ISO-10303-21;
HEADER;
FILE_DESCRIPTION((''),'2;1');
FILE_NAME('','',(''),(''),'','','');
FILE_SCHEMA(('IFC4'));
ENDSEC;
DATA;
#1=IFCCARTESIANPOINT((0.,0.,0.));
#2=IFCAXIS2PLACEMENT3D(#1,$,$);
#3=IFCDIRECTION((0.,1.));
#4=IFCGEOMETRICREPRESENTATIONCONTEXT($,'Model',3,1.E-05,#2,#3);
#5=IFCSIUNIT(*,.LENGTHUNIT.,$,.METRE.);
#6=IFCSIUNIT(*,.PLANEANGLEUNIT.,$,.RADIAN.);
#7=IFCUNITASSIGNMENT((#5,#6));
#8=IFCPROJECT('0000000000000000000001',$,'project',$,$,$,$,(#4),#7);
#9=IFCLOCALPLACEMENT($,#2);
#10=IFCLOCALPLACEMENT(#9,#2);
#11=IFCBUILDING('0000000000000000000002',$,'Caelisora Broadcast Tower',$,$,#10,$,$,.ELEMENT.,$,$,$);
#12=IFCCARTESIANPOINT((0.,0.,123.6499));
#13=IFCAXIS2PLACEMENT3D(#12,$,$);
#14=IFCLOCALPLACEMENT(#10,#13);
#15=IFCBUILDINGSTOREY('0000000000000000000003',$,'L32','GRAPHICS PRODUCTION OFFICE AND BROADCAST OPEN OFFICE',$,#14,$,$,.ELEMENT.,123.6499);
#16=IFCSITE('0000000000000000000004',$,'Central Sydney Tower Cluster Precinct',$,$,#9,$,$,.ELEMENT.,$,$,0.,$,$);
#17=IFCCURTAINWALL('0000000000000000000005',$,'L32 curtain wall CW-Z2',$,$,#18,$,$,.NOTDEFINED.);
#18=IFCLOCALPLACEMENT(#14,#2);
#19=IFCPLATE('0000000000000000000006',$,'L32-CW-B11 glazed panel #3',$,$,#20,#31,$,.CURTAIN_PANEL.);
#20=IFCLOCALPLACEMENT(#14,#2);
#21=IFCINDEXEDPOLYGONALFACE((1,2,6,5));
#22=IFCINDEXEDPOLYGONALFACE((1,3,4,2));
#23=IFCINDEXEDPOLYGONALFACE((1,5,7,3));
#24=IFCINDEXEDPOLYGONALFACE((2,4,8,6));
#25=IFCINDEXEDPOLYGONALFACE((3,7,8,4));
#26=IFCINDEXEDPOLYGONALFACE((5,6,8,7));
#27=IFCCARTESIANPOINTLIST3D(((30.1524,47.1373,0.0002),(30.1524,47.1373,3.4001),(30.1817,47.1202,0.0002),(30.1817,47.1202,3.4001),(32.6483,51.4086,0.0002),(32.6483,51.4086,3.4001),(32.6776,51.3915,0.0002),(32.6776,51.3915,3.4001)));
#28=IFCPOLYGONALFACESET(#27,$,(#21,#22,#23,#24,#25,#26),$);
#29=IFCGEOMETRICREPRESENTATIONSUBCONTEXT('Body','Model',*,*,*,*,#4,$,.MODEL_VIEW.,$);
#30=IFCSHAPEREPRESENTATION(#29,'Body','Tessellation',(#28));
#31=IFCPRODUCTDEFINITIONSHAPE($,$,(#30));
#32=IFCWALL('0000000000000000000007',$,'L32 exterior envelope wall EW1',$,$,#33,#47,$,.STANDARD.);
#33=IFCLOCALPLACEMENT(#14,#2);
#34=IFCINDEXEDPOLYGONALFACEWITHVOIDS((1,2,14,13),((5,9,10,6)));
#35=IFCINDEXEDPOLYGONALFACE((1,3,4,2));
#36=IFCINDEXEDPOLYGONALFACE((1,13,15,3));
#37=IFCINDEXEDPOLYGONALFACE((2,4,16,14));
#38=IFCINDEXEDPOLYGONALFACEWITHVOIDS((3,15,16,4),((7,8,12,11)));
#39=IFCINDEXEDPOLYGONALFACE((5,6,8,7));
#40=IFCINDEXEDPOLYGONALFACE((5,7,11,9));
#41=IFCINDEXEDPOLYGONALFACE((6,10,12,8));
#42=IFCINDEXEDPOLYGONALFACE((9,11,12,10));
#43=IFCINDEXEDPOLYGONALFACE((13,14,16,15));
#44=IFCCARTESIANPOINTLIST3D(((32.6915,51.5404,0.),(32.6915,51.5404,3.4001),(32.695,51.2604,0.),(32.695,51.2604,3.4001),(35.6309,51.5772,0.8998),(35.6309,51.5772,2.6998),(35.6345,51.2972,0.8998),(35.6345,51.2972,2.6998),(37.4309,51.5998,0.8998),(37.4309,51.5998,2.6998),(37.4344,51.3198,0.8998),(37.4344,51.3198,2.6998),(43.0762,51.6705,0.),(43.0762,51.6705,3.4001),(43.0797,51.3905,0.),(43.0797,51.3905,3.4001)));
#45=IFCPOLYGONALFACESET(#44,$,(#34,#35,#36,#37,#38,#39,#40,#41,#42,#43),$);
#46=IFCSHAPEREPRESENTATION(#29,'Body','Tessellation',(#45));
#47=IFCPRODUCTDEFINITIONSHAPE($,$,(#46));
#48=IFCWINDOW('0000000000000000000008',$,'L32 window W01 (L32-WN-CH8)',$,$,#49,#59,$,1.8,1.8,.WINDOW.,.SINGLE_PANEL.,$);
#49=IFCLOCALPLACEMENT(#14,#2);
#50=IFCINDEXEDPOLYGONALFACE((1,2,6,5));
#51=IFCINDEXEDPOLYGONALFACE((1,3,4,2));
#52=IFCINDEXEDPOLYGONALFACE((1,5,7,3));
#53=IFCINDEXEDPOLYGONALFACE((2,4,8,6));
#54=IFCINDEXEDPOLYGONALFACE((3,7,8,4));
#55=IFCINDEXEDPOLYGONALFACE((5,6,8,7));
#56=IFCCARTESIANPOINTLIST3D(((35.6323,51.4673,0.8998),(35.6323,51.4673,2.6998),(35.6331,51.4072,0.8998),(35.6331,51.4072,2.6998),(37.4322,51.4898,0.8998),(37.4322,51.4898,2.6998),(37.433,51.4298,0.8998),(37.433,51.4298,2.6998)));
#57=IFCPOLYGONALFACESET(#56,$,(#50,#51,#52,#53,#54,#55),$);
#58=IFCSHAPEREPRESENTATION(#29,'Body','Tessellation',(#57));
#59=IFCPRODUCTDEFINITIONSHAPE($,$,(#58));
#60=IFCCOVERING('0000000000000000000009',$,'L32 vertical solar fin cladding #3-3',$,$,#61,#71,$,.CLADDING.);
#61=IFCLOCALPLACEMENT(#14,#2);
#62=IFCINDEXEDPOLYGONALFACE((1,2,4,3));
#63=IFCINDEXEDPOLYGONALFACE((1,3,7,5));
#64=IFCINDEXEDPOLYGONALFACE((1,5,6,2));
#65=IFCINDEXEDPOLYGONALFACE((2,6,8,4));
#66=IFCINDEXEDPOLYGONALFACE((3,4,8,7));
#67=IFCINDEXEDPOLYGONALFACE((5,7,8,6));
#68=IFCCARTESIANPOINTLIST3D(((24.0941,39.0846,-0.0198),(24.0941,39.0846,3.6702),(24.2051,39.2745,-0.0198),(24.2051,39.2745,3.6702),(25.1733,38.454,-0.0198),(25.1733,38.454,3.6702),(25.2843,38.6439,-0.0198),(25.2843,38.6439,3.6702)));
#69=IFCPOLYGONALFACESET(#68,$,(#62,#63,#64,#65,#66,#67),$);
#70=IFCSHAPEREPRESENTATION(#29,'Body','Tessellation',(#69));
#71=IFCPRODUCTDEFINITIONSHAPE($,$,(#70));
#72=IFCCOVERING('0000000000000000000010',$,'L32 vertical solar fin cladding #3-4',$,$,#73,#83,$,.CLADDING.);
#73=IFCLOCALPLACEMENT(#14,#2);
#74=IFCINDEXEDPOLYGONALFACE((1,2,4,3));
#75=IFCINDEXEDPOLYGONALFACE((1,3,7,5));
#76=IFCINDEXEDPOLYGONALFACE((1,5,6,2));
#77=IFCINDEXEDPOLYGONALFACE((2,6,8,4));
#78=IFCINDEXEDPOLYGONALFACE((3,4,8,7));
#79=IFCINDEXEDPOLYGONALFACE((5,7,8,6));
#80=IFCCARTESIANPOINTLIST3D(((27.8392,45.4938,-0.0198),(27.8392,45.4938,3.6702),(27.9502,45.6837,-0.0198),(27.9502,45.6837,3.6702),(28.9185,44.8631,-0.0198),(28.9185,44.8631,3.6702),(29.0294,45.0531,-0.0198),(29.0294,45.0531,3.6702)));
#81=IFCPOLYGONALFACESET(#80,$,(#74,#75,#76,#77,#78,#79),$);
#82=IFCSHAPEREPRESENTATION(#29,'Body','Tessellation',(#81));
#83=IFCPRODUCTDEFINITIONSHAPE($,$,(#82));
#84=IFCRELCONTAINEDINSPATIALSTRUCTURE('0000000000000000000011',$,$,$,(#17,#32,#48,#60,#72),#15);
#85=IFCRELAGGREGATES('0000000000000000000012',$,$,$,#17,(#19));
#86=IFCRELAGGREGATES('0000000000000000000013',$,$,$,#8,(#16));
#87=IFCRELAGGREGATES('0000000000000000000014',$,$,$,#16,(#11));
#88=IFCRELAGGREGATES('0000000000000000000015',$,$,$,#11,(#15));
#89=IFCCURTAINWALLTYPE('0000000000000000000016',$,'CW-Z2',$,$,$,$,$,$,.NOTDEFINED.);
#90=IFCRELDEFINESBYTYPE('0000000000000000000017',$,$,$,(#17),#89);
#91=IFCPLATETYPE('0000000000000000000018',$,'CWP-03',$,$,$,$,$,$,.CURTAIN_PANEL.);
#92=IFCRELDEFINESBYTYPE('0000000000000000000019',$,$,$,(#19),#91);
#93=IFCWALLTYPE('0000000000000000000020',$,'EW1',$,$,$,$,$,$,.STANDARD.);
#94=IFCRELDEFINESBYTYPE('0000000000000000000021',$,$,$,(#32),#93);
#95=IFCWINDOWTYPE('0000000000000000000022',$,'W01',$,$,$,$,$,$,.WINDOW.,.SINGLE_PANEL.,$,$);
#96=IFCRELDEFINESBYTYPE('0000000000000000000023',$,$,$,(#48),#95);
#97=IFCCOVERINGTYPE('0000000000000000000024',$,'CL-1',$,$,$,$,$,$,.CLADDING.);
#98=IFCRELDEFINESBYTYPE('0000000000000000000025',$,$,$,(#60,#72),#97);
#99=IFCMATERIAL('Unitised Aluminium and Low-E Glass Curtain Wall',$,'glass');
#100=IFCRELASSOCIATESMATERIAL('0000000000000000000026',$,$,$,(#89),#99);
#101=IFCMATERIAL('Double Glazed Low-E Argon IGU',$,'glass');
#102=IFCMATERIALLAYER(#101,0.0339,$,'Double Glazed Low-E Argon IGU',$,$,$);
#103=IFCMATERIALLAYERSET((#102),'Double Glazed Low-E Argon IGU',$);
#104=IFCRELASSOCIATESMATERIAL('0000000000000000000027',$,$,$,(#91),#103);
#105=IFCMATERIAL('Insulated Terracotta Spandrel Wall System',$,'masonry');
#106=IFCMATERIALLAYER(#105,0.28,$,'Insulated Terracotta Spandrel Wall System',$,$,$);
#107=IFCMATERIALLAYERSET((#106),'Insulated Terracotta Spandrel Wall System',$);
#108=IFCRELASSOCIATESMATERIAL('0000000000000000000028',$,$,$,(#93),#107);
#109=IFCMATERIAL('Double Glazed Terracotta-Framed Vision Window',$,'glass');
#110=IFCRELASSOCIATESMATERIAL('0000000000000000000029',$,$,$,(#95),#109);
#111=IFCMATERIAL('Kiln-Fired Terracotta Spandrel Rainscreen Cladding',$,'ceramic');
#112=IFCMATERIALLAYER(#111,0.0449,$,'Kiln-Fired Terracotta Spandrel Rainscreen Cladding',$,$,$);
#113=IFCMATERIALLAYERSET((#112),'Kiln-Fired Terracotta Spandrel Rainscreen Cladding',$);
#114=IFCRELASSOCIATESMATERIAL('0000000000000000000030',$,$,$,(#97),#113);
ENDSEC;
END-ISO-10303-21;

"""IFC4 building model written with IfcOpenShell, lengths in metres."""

from ifc_helpers import new_model, si_unit, direction, frame, frame_2d, origin, origin_2d, place, context, subcontext, project, spatial, rectangle, extrude, source, transform, mapped, material, layer, layer_set, type_object, type_shapes, element, fill, aggregate, save


model = new_model("IFC4")

# Units and contexts
model_context = context("Model", 3, precision=1e-05, world=origin(), true_north=direction((0.0, 1.0)))
body_context = subcontext(model_context, "Body", "Model", "MODEL_VIEW")
ifc_project = project(units=[si_unit("LENGTHUNIT", "METRE"), si_unit("PLANEANGLEUNIT", "RADIAN")], contexts=[model_context])

# Site, building, storey
site_placement = place(None, origin())
site = spatial("IfcSite", under=ifc_project, at=site_placement, Name="Central Sydney Tower Cluster Precinct", CompositionType="ELEMENT", RefElevation=0.0)
building_placement = place(site_placement, origin())
building = spatial("IfcBuilding", under=site, at=building_placement, Name="Caelisora Broadcast Tower", CompositionType="ELEMENT")
storey_placement = place(building_placement, frame((0.0, 0.0, 123.6499)))
storey = spatial("IfcBuildingStorey", under=building, at=storey_placement, Name="L32", Description="GRAPHICS PRODUCTION OFFICE AND BROADCAST OPEN OFFICE", CompositionType="ELEMENT", Elevation=123.6499)

# Curtain wall
ifc_material_1 = material(Name="Unitised Aluminium and Low-E Glass Curtain Wall", Category="glass")
curtain_wall_type_1 = type_object("IfcCurtainWallType", Name="CW-Z2", PredefinedType="NOTDEFINED", material=ifc_material_1)
curtain_wall_1_placement = place(storey_placement, origin())
curtain_wall_1 = element("IfcCurtainWall", 1, at=curtain_wall_1_placement, inside=storey, type_object=curtain_wall_type_1, Name="L32 curtain wall CW-Z2", PredefinedType="NOTDEFINED")

# Plate
ifc_material_2 = material(Name="Double Glazed Low-E Argon IGU", Category="glass")
ifc_layer_1 = layer(ifc_material_2, 0.0339, Name="Double Glazed Low-E Argon IGU")
ifc_layer_set_1 = layer_set([ifc_layer_1], Name="Double Glazed Low-E Argon IGU")
plate_type_1 = type_object("IfcPlateType", Name="CWP-03", PredefinedType="CURTAIN_PANEL", material=ifc_layer_set_1)
shared_shape_1 = source(origin(), body_context, "Body", "SweptSolid", [
    extrude(rectangle(XDim=4.947, YDim=0.0339, at=origin_2d()), origin(), (0.0, 0.0, 1.0), 3.3999),
])
type_shapes(plate_type_1, [shared_shape_1])
plate_1_placement = place(storey_placement, frame((31.415, 49.2644, 0.0002), z_axis=(0.0, 0.0, 1.0), x_axis=(0.504528, 0.863396, 0.0)))
plate_1 = element("IfcPlate", 2, at=plate_1_placement, type_object=plate_type_1, Name="L32-CW-B11 glazed panel #3", PredefinedType="CURTAIN_PANEL", context=body_context, shape_type="MappedRepresentation", body=[
    mapped(shared_shape_1, transform((0.0, 0.0, 0.0), scale=1.0)),
])
aggregate(curtain_wall_1, [plate_1])

# Wall, opening, window
ifc_material_3 = material(Name="Insulated Terracotta Spandrel Wall System", Category="masonry")
ifc_layer_2 = layer(ifc_material_3, 0.28, Name="Insulated Terracotta Spandrel Wall System")
ifc_layer_set_2 = layer_set([ifc_layer_2], Name="Insulated Terracotta Spandrel Wall System")
wall_type = type_object("IfcWallType", Name="EW1", PredefinedType="STANDARD", material=ifc_layer_set_2)
wall_placement = place(storey_placement, frame((32.6931, 51.4004, 0.0), z_axis=(0.0, 0.0, 1.0), x_axis=(0.999922, 0.01253, 0.0)))
wall = element("IfcWall", 3, at=wall_placement, inside=storey, type_object=wall_type, Name="L32 exterior envelope wall EW1", PredefinedType="STANDARD", context=body_context, shape_type="SweptSolid", body=[
    extrude(rectangle(XDim=10.3855, YDim=0.28, at=frame_2d((5.1929, 0.0))), origin(), (0.0, 0.0, 1.0), 3.4001),
])
opening_placement = place(wall_placement, frame((2.9399, 0.0, 0.8999)))
opening = element("IfcOpeningElement", 4, at=opening_placement, cuts=wall, PredefinedType="OPENING", context=body_context, shape_type="SweptSolid", body=[
    extrude(rectangle(XDim=1.8, YDim=1.8, at=frame_2d((0.8999, 0.8999))), frame((0.0, 0.1521, 0.0), z_axis=(0.0, -1.0, 0.0), x_axis=(1.0, 0.0, 0.0)), (0.0, 0.0, 1.0), 0.304),
])
ifc_material_4 = material(Name="Double Glazed Terracotta-Framed Vision Window", Category="glass")
window_type = type_object("IfcWindowType", Name="W01", PartitioningType="SINGLE_PANEL", PredefinedType="WINDOW", material=ifc_material_4)
window_placement = place(opening_placement, origin())
window = element("IfcWindow", 5, at=window_placement, inside=storey, type_object=window_type, Name="L32 window W01 (L32-WN-CH8)", OverallHeight=1.8, OverallWidth=1.8, PartitioningType="SINGLE_PANEL", PredefinedType="WINDOW", context=body_context, shape_type="SweptSolid", body=[
    extrude(rectangle(XDim=1.8, YDim=1.8, at=frame_2d((0.8999, 0.8999))), frame((0.0, 0.03, 0.0), z_axis=(0.0, -1.0, 0.0), x_axis=(1.0, 0.0, 0.0)), (0.0, 0.0, 1.0), 0.0601),
])
fill(opening, window)

# Coverings
ifc_material_5 = material(Name="Kiln-Fired Terracotta Spandrel Rainscreen Cladding", Category="ceramic")
ifc_layer_3 = layer(ifc_material_5, 0.0449, Name="Kiln-Fired Terracotta Spandrel Rainscreen Cladding")
ifc_layer_set_3 = layer_set([ifc_layer_3], Name="Kiln-Fired Terracotta Spandrel Rainscreen Cladding")
covering_type = type_object("IfcCoveringType", Name="CL-1", PredefinedType="CLADDING", material=ifc_layer_set_3)
shared_shape_2 = source(origin(), body_context, "Body", "SweptSolid", [
    extrude(rectangle(XDim=0.22, YDim=1.25, at=origin_2d()), origin(), (0.0, 0.0, 1.0), 3.6899),
])
type_shapes(covering_type, [shared_shape_2])
for number, where, z_axis, x_axis, name in (
    (6, (24.6892, 38.8643, -0.0198), (0.0, 0.0, 1.0), (0.504528, 0.863396, 0.0), "L32 vertical solar fin cladding #3-3"),
    (7, (28.4343, 45.2734, -0.0198), (0.0, 0.0, 1.0), (0.504528, 0.863396, 0.0), "L32 vertical solar fin cladding #3-4"),
):
    element("IfcCovering", number, at=place(storey_placement, frame(where, z_axis=z_axis, x_axis=x_axis)), inside=storey, type_object=covering_type, Name=name, PredefinedType="CLADDING", context=body_context, shape_type="MappedRepresentation", body=[
        mapped(shared_shape_2, transform((0.0, 0.0, 0.0), scale=1.0)),
    ])

save(model, "model.ifc")
